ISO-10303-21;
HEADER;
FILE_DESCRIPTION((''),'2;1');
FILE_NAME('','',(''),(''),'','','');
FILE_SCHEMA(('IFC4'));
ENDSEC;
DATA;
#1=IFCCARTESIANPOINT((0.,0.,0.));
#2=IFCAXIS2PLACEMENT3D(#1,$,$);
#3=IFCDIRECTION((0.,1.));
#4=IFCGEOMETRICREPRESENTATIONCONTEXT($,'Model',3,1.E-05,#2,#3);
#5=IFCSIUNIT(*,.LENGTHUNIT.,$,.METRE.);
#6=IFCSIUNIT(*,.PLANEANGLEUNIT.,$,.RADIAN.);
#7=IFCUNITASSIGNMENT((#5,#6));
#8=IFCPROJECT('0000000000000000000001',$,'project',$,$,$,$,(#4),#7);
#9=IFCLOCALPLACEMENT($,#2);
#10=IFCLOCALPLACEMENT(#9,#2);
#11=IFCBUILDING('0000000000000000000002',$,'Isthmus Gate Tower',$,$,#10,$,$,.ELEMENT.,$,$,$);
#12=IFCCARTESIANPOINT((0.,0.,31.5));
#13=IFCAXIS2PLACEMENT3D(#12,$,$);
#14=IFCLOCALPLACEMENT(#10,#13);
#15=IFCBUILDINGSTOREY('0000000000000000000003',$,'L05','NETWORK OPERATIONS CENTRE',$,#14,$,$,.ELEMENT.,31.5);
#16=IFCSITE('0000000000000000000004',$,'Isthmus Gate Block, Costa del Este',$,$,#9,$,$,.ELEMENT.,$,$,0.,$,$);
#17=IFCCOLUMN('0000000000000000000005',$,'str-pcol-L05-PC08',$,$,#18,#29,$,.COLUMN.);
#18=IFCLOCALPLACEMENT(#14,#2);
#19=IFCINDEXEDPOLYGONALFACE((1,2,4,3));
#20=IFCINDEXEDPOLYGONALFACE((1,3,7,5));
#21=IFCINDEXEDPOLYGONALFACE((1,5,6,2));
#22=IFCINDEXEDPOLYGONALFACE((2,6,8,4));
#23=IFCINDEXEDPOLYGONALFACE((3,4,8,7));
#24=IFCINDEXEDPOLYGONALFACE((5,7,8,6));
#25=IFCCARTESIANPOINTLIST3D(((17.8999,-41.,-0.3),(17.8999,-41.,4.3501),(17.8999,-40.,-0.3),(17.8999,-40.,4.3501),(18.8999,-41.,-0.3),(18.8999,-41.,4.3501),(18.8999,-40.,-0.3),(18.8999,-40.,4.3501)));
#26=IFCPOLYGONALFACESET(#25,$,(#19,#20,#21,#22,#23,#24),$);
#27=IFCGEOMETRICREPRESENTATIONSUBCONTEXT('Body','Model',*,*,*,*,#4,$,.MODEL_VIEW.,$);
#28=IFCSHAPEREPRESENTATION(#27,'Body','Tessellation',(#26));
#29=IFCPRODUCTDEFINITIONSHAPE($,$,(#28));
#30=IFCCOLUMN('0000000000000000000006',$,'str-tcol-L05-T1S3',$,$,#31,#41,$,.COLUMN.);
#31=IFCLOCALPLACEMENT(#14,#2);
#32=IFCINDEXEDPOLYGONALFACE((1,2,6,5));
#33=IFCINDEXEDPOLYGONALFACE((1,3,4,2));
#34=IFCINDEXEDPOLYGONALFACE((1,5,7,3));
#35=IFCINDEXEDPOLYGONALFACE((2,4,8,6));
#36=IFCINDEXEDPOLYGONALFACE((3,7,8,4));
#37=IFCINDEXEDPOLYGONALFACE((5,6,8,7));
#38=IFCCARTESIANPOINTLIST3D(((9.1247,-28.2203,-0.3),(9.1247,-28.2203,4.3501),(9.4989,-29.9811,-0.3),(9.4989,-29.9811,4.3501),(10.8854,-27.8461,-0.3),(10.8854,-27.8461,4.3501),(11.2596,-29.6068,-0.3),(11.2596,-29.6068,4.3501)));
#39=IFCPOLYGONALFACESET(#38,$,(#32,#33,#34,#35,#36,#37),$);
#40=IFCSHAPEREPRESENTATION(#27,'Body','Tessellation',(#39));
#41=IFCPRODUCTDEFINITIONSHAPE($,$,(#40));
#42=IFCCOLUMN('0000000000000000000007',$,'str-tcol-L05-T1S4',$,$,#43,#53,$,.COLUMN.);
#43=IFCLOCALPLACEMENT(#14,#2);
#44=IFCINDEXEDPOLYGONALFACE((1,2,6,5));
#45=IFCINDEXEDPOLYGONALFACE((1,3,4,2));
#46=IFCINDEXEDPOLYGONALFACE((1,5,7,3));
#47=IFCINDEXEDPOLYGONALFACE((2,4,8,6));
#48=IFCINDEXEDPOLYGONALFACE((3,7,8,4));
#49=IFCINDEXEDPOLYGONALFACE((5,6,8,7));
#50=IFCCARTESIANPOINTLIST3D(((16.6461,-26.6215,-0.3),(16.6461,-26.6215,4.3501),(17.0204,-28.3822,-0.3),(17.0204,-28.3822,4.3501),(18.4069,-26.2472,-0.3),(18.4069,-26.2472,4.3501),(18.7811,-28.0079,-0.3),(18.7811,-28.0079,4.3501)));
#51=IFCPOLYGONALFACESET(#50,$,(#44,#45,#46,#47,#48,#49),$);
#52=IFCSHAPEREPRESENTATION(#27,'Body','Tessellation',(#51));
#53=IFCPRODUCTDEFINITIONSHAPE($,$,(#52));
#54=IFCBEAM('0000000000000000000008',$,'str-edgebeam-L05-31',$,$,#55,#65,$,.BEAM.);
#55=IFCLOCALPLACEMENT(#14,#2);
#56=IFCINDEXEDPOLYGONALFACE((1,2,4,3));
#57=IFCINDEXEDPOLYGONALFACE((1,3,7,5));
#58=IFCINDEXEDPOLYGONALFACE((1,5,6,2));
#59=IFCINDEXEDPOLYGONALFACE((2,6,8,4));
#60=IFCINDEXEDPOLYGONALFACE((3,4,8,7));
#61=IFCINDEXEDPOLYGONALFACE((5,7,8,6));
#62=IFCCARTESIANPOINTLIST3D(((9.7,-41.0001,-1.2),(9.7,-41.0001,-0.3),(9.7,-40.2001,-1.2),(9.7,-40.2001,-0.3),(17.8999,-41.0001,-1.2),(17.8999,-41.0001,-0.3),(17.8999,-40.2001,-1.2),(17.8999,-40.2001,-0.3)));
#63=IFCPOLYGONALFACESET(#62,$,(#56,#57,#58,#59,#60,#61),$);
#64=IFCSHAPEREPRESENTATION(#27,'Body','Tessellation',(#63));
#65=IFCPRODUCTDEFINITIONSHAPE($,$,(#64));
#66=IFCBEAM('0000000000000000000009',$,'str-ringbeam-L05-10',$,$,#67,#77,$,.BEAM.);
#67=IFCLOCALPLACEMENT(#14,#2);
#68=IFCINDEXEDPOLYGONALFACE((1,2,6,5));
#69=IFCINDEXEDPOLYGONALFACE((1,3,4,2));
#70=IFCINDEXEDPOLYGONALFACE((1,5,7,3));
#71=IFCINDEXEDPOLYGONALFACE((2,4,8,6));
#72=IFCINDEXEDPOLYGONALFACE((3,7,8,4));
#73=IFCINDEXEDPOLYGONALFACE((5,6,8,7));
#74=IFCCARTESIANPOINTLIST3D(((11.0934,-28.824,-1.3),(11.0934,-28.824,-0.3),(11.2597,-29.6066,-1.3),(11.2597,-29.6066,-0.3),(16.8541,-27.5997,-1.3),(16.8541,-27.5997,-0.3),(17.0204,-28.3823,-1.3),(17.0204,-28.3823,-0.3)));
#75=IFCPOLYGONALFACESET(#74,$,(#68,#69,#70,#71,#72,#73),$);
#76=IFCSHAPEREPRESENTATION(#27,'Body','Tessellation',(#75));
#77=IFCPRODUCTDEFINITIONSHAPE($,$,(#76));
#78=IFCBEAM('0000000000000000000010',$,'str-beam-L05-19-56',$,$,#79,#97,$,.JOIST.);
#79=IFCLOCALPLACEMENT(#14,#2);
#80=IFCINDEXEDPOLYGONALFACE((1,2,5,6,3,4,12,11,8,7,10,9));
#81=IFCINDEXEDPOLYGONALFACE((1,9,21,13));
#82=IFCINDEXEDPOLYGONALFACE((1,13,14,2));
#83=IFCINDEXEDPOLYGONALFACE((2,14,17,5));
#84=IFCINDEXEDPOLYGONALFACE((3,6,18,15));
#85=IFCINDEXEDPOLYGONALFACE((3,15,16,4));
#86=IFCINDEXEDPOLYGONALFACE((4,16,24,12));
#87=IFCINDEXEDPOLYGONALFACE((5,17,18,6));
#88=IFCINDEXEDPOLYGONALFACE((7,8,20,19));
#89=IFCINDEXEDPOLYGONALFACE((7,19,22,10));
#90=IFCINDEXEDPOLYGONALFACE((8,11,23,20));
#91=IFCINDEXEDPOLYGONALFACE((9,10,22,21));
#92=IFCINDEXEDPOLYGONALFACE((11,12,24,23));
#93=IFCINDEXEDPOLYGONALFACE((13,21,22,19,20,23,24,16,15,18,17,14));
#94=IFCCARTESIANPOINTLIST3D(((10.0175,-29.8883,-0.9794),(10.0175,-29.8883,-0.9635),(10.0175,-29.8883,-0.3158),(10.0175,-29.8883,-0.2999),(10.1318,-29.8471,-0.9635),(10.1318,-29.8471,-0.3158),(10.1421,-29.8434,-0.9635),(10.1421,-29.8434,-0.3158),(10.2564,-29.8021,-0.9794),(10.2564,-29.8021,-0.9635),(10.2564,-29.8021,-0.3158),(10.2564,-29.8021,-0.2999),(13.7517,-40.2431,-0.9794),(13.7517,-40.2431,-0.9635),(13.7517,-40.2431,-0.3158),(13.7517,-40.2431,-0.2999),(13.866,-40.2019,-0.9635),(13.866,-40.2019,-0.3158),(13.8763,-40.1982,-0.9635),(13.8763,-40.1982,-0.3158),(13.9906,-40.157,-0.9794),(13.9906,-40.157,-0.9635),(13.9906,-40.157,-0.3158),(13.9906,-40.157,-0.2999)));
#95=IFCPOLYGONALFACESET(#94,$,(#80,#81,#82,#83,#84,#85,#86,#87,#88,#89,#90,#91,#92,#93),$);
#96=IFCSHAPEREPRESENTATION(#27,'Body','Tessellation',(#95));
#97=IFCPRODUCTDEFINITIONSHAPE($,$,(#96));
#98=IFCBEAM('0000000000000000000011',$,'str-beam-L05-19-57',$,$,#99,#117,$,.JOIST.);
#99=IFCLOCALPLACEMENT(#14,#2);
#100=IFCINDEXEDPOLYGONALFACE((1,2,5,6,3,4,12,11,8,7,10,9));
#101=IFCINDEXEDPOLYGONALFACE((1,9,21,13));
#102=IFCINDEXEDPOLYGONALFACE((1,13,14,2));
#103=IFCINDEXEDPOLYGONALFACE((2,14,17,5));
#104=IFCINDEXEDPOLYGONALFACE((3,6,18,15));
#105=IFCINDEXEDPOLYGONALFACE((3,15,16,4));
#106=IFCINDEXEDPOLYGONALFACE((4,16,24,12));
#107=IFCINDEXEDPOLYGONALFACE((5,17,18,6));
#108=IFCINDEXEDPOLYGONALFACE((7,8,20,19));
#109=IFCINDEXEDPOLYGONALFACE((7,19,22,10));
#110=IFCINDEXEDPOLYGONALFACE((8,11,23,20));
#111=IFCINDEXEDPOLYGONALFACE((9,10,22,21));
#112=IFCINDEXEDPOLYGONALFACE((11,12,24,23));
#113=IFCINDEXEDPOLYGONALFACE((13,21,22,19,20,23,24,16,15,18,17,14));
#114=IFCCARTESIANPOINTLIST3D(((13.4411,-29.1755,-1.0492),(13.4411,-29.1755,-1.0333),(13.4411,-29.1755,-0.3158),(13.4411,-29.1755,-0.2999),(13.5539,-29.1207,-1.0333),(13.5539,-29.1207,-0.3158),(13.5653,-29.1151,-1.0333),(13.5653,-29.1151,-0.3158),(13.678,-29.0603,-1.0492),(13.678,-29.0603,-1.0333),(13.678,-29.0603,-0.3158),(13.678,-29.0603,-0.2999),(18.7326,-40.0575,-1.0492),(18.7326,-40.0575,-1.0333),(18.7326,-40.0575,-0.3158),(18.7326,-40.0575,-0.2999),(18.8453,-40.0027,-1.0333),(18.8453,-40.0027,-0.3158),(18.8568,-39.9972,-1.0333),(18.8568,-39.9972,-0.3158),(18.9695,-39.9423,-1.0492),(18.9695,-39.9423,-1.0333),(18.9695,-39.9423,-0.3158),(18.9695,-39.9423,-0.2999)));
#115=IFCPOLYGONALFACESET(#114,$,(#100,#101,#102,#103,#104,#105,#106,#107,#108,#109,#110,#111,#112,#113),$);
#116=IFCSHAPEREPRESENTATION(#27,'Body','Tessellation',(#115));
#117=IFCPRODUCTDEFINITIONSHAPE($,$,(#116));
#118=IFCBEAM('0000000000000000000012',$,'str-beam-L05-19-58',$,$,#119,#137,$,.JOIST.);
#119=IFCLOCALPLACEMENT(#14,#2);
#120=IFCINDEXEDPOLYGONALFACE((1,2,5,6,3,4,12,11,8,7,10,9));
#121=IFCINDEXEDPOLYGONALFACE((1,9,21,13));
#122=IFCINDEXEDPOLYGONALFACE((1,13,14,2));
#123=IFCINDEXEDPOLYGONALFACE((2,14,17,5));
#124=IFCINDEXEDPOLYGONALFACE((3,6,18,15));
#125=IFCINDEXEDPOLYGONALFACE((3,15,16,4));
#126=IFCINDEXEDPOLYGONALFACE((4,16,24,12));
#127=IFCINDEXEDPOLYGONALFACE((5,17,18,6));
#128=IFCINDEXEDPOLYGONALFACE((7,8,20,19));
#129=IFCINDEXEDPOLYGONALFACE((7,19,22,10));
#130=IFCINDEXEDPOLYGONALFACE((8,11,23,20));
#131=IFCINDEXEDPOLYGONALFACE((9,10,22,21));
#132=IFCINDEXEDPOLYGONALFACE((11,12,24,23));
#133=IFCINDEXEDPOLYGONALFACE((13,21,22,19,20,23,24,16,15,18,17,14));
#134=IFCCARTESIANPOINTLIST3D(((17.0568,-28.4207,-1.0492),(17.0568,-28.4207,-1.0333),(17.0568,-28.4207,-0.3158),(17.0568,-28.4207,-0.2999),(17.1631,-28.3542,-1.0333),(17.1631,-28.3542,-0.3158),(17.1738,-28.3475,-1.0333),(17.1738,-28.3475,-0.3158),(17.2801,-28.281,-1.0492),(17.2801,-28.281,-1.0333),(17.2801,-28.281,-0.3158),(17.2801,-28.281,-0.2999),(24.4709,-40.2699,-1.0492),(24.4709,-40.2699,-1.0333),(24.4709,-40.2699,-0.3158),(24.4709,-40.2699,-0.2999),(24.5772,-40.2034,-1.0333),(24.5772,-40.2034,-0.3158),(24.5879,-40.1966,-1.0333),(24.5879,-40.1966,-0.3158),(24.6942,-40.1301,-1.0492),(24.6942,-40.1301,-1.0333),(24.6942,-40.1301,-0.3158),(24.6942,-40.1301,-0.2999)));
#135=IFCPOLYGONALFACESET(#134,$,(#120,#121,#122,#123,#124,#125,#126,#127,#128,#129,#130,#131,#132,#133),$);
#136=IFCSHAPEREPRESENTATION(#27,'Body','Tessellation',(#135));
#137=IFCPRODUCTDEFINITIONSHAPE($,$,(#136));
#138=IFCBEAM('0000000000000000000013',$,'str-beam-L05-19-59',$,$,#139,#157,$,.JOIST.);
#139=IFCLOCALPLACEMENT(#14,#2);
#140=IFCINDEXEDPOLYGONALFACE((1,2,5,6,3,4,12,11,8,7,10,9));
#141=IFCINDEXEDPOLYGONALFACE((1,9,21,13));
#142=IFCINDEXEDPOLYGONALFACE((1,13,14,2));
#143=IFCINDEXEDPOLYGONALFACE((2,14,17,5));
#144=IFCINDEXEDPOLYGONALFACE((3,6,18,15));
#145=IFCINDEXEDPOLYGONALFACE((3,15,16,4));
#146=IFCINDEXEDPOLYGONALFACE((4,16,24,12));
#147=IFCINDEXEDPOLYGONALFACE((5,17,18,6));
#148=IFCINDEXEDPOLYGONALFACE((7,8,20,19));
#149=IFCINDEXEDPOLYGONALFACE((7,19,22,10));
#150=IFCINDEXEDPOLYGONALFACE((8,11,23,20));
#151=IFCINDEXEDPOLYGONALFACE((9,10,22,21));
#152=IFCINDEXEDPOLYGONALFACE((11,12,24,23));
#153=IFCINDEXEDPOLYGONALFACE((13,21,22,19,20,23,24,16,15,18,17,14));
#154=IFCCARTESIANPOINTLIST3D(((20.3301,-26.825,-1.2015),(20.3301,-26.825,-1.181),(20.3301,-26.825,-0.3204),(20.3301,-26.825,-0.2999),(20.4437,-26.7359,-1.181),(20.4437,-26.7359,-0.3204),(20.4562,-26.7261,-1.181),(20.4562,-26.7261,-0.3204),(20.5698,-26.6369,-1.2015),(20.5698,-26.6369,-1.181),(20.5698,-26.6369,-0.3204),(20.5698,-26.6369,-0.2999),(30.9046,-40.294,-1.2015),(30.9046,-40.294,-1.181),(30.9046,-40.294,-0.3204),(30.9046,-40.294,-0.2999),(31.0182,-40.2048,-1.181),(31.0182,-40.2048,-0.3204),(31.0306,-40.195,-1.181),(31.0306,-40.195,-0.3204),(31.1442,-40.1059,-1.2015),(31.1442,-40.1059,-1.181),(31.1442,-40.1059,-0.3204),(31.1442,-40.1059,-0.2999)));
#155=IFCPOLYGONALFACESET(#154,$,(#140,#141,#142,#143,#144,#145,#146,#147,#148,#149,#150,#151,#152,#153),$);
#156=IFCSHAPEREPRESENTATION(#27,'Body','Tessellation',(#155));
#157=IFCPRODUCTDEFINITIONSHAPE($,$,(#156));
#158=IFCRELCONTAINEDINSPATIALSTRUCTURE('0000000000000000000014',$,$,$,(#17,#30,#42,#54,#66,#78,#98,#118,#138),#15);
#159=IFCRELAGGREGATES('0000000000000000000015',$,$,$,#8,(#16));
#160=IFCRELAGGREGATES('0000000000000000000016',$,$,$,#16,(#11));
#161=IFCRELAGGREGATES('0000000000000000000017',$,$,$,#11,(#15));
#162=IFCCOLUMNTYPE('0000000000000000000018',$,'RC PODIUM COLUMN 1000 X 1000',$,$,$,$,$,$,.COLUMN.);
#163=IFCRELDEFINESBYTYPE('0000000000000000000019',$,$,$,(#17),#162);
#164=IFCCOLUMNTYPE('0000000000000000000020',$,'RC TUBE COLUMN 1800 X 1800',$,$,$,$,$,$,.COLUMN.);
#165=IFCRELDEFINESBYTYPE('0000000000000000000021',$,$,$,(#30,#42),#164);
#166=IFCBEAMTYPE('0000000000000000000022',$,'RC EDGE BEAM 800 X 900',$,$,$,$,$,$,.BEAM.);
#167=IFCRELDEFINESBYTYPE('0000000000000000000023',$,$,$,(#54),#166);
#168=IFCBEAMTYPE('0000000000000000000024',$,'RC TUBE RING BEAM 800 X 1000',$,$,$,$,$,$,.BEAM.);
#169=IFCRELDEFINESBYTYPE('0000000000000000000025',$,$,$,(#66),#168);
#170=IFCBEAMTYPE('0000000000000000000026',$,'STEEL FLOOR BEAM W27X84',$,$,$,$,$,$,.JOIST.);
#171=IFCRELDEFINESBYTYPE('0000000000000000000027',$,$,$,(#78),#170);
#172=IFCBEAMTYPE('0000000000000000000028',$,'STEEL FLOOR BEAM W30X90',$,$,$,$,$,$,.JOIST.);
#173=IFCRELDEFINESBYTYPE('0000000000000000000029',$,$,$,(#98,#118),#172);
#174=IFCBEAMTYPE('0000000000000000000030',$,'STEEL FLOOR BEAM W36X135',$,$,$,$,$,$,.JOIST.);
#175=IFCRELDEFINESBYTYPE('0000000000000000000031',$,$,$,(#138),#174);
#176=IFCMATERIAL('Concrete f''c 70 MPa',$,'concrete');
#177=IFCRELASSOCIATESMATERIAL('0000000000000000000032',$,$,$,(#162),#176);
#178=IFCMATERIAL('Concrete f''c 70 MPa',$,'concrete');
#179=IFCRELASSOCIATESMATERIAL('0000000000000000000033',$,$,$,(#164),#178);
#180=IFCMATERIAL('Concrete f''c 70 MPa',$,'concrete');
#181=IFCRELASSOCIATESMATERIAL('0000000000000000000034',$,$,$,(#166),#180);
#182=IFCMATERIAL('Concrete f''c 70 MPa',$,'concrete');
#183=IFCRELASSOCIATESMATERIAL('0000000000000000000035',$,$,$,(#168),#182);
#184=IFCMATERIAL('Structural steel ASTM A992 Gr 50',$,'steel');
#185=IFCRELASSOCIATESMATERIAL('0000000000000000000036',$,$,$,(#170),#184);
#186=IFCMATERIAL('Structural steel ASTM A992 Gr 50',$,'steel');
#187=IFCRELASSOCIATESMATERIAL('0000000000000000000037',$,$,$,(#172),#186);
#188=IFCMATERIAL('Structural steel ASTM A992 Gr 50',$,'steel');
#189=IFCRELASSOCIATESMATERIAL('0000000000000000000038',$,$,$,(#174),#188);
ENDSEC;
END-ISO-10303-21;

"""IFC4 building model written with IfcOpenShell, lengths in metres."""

from ifc_helpers import new_model, si_unit, direction, frame, origin, origin_2d, place, context, subcontext, project, spatial, rectangle, i_section, extrude, material, material_profile, profile_set, type_object, element, save


model = new_model("IFC4")

# Units and contexts
model_context = context("Model", 3, precision=1e-05, world=origin(), true_north=direction((0.0, 1.0)))
body_context = subcontext(model_context, "Body", "Model", "MODEL_VIEW")
ifc_project = project(units=[si_unit("LENGTHUNIT", "METRE"), si_unit("PLANEANGLEUNIT", "RADIAN")], contexts=[model_context])

# Site, building, storey
site_placement = place(None, origin())
site = spatial("IfcSite", under=ifc_project, at=site_placement, Name="Isthmus Gate Block, Costa del Este", CompositionType="ELEMENT", RefElevation=0.0)
building_placement = place(site_placement, origin())
building = spatial("IfcBuilding", under=site, at=building_placement, Name="Isthmus Gate Tower", CompositionType="ELEMENT")
storey_placement = place(building_placement, frame((0.0, 0.0, 31.5)))
storey = spatial("IfcBuildingStorey", under=building, at=storey_placement, Name="L05", Description="NETWORK OPERATIONS CENTRE", CompositionType="ELEMENT", Elevation=31.5)

# Columns
ifc_material_1 = material(Name="Concrete f'c 70 MPa", Category="concrete")
ifc_material_profile_1 = material_profile(ifc_material_1, rectangle(XDim=1.0, YDim=1.0, at=origin_2d()), Name="RC 1000X1000")
ifc_profile_set_1 = profile_set([ifc_material_profile_1], Name="Concrete f'c 70 MPa")
column_type_1 = type_object("IfcColumnType", Name="RC PODIUM COLUMN 1000 X 1000", PredefinedType="COLUMN", material=ifc_profile_set_1)
column_placement = place(storey_placement, frame((18.3999, -40.5, -0.3), z_axis=(0.0, 0.0, 1.0), x_axis=(1.0, 0.0, 0.0)))
element("IfcColumn", 1, at=column_placement, inside=storey, type_object=column_type_1, Name="str-pcol-L05-PC08", PredefinedType="COLUMN", context=body_context, shape_type="SweptSolid", body=[
    extrude(rectangle(XDim=1.0, YDim=1.0, at=origin_2d()), origin(), (0.0, 0.0, 1.0), 4.6501),
])
ifc_material_2 = material(Name="Concrete f'c 70 MPa", Category="concrete")
ifc_material_profile_2 = material_profile(ifc_material_2, rectangle(XDim=1.8, YDim=1.8, at=origin_2d()), Name="RC 1800X1800")
ifc_profile_set_2 = profile_set([ifc_material_profile_2], Name="Concrete f'c 70 MPa")
column_type_2 = type_object("IfcColumnType", Name="RC TUBE COLUMN 1800 X 1800", PredefinedType="COLUMN", material=ifc_profile_set_2)
for number, where, z_axis, x_axis, name in (
    (2, (10.1921, -28.9136, -0.3), (0.0, 0.0, 1.0), (0.978148, 0.207912, 0.0), "str-tcol-L05-T1S3"),
    (3, (17.7136, -27.3147, -0.3), (0.0, 0.0, 1.0), (0.978148, 0.207912, 0.0), "str-tcol-L05-T1S4"),
):
    element("IfcColumn", number, at=place(storey_placement, frame(where, z_axis=z_axis, x_axis=x_axis)), inside=storey, type_object=column_type_2, Name=name, PredefinedType="COLUMN", context=body_context, shape_type="SweptSolid", body=[
        extrude(rectangle(XDim=1.8, YDim=1.8, at=origin_2d()), origin(), (0.0, 0.0, 1.0), 4.6501),
    ])

# Beams
ifc_material_3 = material(Name="Concrete f'c 70 MPa", Category="concrete")
ifc_material_profile_3 = material_profile(ifc_material_3, rectangle(XDim=0.8, YDim=0.8999, at=origin_2d()), Name="RC 800X900")
ifc_profile_set_3 = profile_set([ifc_material_profile_3], Name="Concrete f'c 70 MPa")
beam_type_1 = type_object("IfcBeamType", Name="RC EDGE BEAM 800 X 900", PredefinedType="BEAM", material=ifc_profile_set_3)
beam_1_placement = place(storey_placement, frame((17.8999, -40.6001, -0.75), z_axis=(-1.0, 0.0, 0.0), x_axis=(0.0, -1.0, 0.0)))
element("IfcBeam", 4, at=beam_1_placement, inside=storey, type_object=beam_type_1, Name="str-edgebeam-L05-31", PredefinedType="BEAM", context=body_context, shape_type="SweptSolid", body=[
    extrude(rectangle(XDim=0.8, YDim=0.8999, at=origin_2d()), origin(), (0.0, 0.0, 1.0), 8.2),
])
ifc_material_4 = material(Name="Concrete f'c 70 MPa", Category="concrete")
ifc_material_profile_4 = material_profile(ifc_material_4, rectangle(XDim=0.8, YDim=1.0, at=origin_2d()), Name="RC 800X1000")
ifc_profile_set_4 = profile_set([ifc_material_profile_4], Name="Concrete f'c 70 MPa")
beam_type_2 = type_object("IfcBeamType", Name="RC TUBE RING BEAM 800 X 1000", PredefinedType="BEAM", material=ifc_profile_set_4)
beam_2_placement = place(storey_placement, frame((16.9373, -27.991, -0.8), z_axis=(-0.978152, -0.207892, 0.0), x_axis=(0.207892, -0.978152, 0.0)))
element("IfcBeam", 5, at=beam_2_placement, inside=storey, type_object=beam_type_2, Name="str-ringbeam-L05-10", PredefinedType="BEAM", context=body_context, shape_type="SweptSolid", body=[
    extrude(rectangle(XDim=0.8, YDim=1.0, at=origin_2d()), origin(), (0.0, 0.0, 1.0), 5.8894),
])
ifc_material_5 = material(Name="Structural steel ASTM A992 Gr 50", Category="steel")
ifc_material_profile_5 = material_profile(ifc_material_5, i_section(OverallWidth=0.2539, OverallDepth=0.6794, WebThickness=0.011, FlangeThickness=0.0159, at=origin_2d()), Name="W27X84")
ifc_profile_set_5 = profile_set([ifc_material_profile_5], Name="Structural steel ASTM A992 Gr 50")
beam_type_3 = type_object("IfcBeamType", Name="STEEL FLOOR BEAM W27X84", PredefinedType="JOIST", material=ifc_profile_set_5)
beam_3_placement = place(storey_placement, frame((10.137, -29.8452, -0.6396), z_axis=(0.339236, -0.940701, 0.0), x_axis=(0.940701, 0.339236, 0.0)))
element("IfcBeam", 6, at=beam_3_placement, inside=storey, type_object=beam_type_3, Name="str-beam-L05-19-56", PredefinedType="JOIST", context=body_context, shape_type="SweptSolid", body=[
    extrude(i_section(OverallWidth=0.2539, OverallDepth=0.6794, WebThickness=0.011, FlangeThickness=0.0159, at=origin_2d()), origin(), (0.0, 0.0, 1.0), 11.0076),
])
ifc_material_6 = material(Name="Structural steel ASTM A992 Gr 50", Category="steel")
ifc_material_profile_6 = material_profile(ifc_material_6, i_section(OverallWidth=0.2634, OverallDepth=0.7493, WebThickness=0.0127, FlangeThickness=0.0159, at=origin_2d()), Name="W30X90")
ifc_profile_set_6 = profile_set([ifc_material_profile_6], Name="Structural steel ASTM A992 Gr 50")
beam_type_4 = type_object("IfcBeamType", Name="STEEL FLOOR BEAM W30X90", PredefinedType="JOIST", material=ifc_profile_set_6)
beam_4_placement = place(storey_placement, frame((13.5596, -29.1179, -0.6746), z_axis=(0.4373, -0.899316, 0.0), x_axis=(0.899316, 0.4373, 0.0)))
element("IfcBeam", 7, at=beam_4_placement, inside=storey, type_object=beam_type_4, Name="str-beam-L05-19-57", PredefinedType="JOIST", context=body_context, shape_type="SweptSolid", body=[
    extrude(i_section(OverallWidth=0.2634, OverallDepth=0.7493, WebThickness=0.0127, FlangeThickness=0.0159, at=origin_2d()), origin(), (0.0, 0.0, 1.0), 12.1003),
])
beam_5_placement = place(storey_placement, frame((17.1685, -28.3508, -0.6746), z_axis=(0.530429, -0.847729, 0.0), x_axis=(0.847729, 0.530429, 0.0)))
element("IfcBeam", 8, at=beam_5_placement, inside=storey, type_object=beam_type_4, Name="str-beam-L05-19-58", PredefinedType="JOIST", context=body_context, shape_type="SweptSolid", body=[
    extrude(i_section(OverallWidth=0.2634, OverallDepth=0.7493, WebThickness=0.0127, FlangeThickness=0.0159, at=origin_2d()), origin(), (0.0, 0.0, 1.0), 13.9775),
])
ifc_material_7 = material(Name="Structural steel ASTM A992 Gr 50", Category="steel")
ifc_material_profile_7 = material_profile(ifc_material_7, i_section(OverallWidth=0.3047, OverallDepth=0.9016, WebThickness=0.0159, FlangeThickness=0.0205, at=origin_2d()), Name="W36X135")
ifc_profile_set_7 = profile_set([ifc_material_profile_7], Name="Structural steel ASTM A992 Gr 50")
beam_type_5 = type_object("IfcBeamType", Name="STEEL FLOOR BEAM W36X135", PredefinedType="JOIST", material=ifc_profile_set_7)
beam_6_placement = place(storey_placement, frame((20.45, -26.731, -0.7507), z_axis=(0.617521, -0.786554, 0.0), x_axis=(0.786554, 0.617521, 0.0)))
element("IfcBeam", 9, at=beam_6_placement, inside=storey, type_object=beam_type_5, Name="str-beam-L05-19-59", PredefinedType="JOIST", context=body_context, shape_type="SweptSolid", body=[
    extrude(i_section(OverallWidth=0.3047, OverallDepth=0.9016, WebThickness=0.0159, FlangeThickness=0.0205, at=origin_2d()), origin(), (0.0, 0.0, 1.0), 17.124),
])

save(model, "model.ifc")
